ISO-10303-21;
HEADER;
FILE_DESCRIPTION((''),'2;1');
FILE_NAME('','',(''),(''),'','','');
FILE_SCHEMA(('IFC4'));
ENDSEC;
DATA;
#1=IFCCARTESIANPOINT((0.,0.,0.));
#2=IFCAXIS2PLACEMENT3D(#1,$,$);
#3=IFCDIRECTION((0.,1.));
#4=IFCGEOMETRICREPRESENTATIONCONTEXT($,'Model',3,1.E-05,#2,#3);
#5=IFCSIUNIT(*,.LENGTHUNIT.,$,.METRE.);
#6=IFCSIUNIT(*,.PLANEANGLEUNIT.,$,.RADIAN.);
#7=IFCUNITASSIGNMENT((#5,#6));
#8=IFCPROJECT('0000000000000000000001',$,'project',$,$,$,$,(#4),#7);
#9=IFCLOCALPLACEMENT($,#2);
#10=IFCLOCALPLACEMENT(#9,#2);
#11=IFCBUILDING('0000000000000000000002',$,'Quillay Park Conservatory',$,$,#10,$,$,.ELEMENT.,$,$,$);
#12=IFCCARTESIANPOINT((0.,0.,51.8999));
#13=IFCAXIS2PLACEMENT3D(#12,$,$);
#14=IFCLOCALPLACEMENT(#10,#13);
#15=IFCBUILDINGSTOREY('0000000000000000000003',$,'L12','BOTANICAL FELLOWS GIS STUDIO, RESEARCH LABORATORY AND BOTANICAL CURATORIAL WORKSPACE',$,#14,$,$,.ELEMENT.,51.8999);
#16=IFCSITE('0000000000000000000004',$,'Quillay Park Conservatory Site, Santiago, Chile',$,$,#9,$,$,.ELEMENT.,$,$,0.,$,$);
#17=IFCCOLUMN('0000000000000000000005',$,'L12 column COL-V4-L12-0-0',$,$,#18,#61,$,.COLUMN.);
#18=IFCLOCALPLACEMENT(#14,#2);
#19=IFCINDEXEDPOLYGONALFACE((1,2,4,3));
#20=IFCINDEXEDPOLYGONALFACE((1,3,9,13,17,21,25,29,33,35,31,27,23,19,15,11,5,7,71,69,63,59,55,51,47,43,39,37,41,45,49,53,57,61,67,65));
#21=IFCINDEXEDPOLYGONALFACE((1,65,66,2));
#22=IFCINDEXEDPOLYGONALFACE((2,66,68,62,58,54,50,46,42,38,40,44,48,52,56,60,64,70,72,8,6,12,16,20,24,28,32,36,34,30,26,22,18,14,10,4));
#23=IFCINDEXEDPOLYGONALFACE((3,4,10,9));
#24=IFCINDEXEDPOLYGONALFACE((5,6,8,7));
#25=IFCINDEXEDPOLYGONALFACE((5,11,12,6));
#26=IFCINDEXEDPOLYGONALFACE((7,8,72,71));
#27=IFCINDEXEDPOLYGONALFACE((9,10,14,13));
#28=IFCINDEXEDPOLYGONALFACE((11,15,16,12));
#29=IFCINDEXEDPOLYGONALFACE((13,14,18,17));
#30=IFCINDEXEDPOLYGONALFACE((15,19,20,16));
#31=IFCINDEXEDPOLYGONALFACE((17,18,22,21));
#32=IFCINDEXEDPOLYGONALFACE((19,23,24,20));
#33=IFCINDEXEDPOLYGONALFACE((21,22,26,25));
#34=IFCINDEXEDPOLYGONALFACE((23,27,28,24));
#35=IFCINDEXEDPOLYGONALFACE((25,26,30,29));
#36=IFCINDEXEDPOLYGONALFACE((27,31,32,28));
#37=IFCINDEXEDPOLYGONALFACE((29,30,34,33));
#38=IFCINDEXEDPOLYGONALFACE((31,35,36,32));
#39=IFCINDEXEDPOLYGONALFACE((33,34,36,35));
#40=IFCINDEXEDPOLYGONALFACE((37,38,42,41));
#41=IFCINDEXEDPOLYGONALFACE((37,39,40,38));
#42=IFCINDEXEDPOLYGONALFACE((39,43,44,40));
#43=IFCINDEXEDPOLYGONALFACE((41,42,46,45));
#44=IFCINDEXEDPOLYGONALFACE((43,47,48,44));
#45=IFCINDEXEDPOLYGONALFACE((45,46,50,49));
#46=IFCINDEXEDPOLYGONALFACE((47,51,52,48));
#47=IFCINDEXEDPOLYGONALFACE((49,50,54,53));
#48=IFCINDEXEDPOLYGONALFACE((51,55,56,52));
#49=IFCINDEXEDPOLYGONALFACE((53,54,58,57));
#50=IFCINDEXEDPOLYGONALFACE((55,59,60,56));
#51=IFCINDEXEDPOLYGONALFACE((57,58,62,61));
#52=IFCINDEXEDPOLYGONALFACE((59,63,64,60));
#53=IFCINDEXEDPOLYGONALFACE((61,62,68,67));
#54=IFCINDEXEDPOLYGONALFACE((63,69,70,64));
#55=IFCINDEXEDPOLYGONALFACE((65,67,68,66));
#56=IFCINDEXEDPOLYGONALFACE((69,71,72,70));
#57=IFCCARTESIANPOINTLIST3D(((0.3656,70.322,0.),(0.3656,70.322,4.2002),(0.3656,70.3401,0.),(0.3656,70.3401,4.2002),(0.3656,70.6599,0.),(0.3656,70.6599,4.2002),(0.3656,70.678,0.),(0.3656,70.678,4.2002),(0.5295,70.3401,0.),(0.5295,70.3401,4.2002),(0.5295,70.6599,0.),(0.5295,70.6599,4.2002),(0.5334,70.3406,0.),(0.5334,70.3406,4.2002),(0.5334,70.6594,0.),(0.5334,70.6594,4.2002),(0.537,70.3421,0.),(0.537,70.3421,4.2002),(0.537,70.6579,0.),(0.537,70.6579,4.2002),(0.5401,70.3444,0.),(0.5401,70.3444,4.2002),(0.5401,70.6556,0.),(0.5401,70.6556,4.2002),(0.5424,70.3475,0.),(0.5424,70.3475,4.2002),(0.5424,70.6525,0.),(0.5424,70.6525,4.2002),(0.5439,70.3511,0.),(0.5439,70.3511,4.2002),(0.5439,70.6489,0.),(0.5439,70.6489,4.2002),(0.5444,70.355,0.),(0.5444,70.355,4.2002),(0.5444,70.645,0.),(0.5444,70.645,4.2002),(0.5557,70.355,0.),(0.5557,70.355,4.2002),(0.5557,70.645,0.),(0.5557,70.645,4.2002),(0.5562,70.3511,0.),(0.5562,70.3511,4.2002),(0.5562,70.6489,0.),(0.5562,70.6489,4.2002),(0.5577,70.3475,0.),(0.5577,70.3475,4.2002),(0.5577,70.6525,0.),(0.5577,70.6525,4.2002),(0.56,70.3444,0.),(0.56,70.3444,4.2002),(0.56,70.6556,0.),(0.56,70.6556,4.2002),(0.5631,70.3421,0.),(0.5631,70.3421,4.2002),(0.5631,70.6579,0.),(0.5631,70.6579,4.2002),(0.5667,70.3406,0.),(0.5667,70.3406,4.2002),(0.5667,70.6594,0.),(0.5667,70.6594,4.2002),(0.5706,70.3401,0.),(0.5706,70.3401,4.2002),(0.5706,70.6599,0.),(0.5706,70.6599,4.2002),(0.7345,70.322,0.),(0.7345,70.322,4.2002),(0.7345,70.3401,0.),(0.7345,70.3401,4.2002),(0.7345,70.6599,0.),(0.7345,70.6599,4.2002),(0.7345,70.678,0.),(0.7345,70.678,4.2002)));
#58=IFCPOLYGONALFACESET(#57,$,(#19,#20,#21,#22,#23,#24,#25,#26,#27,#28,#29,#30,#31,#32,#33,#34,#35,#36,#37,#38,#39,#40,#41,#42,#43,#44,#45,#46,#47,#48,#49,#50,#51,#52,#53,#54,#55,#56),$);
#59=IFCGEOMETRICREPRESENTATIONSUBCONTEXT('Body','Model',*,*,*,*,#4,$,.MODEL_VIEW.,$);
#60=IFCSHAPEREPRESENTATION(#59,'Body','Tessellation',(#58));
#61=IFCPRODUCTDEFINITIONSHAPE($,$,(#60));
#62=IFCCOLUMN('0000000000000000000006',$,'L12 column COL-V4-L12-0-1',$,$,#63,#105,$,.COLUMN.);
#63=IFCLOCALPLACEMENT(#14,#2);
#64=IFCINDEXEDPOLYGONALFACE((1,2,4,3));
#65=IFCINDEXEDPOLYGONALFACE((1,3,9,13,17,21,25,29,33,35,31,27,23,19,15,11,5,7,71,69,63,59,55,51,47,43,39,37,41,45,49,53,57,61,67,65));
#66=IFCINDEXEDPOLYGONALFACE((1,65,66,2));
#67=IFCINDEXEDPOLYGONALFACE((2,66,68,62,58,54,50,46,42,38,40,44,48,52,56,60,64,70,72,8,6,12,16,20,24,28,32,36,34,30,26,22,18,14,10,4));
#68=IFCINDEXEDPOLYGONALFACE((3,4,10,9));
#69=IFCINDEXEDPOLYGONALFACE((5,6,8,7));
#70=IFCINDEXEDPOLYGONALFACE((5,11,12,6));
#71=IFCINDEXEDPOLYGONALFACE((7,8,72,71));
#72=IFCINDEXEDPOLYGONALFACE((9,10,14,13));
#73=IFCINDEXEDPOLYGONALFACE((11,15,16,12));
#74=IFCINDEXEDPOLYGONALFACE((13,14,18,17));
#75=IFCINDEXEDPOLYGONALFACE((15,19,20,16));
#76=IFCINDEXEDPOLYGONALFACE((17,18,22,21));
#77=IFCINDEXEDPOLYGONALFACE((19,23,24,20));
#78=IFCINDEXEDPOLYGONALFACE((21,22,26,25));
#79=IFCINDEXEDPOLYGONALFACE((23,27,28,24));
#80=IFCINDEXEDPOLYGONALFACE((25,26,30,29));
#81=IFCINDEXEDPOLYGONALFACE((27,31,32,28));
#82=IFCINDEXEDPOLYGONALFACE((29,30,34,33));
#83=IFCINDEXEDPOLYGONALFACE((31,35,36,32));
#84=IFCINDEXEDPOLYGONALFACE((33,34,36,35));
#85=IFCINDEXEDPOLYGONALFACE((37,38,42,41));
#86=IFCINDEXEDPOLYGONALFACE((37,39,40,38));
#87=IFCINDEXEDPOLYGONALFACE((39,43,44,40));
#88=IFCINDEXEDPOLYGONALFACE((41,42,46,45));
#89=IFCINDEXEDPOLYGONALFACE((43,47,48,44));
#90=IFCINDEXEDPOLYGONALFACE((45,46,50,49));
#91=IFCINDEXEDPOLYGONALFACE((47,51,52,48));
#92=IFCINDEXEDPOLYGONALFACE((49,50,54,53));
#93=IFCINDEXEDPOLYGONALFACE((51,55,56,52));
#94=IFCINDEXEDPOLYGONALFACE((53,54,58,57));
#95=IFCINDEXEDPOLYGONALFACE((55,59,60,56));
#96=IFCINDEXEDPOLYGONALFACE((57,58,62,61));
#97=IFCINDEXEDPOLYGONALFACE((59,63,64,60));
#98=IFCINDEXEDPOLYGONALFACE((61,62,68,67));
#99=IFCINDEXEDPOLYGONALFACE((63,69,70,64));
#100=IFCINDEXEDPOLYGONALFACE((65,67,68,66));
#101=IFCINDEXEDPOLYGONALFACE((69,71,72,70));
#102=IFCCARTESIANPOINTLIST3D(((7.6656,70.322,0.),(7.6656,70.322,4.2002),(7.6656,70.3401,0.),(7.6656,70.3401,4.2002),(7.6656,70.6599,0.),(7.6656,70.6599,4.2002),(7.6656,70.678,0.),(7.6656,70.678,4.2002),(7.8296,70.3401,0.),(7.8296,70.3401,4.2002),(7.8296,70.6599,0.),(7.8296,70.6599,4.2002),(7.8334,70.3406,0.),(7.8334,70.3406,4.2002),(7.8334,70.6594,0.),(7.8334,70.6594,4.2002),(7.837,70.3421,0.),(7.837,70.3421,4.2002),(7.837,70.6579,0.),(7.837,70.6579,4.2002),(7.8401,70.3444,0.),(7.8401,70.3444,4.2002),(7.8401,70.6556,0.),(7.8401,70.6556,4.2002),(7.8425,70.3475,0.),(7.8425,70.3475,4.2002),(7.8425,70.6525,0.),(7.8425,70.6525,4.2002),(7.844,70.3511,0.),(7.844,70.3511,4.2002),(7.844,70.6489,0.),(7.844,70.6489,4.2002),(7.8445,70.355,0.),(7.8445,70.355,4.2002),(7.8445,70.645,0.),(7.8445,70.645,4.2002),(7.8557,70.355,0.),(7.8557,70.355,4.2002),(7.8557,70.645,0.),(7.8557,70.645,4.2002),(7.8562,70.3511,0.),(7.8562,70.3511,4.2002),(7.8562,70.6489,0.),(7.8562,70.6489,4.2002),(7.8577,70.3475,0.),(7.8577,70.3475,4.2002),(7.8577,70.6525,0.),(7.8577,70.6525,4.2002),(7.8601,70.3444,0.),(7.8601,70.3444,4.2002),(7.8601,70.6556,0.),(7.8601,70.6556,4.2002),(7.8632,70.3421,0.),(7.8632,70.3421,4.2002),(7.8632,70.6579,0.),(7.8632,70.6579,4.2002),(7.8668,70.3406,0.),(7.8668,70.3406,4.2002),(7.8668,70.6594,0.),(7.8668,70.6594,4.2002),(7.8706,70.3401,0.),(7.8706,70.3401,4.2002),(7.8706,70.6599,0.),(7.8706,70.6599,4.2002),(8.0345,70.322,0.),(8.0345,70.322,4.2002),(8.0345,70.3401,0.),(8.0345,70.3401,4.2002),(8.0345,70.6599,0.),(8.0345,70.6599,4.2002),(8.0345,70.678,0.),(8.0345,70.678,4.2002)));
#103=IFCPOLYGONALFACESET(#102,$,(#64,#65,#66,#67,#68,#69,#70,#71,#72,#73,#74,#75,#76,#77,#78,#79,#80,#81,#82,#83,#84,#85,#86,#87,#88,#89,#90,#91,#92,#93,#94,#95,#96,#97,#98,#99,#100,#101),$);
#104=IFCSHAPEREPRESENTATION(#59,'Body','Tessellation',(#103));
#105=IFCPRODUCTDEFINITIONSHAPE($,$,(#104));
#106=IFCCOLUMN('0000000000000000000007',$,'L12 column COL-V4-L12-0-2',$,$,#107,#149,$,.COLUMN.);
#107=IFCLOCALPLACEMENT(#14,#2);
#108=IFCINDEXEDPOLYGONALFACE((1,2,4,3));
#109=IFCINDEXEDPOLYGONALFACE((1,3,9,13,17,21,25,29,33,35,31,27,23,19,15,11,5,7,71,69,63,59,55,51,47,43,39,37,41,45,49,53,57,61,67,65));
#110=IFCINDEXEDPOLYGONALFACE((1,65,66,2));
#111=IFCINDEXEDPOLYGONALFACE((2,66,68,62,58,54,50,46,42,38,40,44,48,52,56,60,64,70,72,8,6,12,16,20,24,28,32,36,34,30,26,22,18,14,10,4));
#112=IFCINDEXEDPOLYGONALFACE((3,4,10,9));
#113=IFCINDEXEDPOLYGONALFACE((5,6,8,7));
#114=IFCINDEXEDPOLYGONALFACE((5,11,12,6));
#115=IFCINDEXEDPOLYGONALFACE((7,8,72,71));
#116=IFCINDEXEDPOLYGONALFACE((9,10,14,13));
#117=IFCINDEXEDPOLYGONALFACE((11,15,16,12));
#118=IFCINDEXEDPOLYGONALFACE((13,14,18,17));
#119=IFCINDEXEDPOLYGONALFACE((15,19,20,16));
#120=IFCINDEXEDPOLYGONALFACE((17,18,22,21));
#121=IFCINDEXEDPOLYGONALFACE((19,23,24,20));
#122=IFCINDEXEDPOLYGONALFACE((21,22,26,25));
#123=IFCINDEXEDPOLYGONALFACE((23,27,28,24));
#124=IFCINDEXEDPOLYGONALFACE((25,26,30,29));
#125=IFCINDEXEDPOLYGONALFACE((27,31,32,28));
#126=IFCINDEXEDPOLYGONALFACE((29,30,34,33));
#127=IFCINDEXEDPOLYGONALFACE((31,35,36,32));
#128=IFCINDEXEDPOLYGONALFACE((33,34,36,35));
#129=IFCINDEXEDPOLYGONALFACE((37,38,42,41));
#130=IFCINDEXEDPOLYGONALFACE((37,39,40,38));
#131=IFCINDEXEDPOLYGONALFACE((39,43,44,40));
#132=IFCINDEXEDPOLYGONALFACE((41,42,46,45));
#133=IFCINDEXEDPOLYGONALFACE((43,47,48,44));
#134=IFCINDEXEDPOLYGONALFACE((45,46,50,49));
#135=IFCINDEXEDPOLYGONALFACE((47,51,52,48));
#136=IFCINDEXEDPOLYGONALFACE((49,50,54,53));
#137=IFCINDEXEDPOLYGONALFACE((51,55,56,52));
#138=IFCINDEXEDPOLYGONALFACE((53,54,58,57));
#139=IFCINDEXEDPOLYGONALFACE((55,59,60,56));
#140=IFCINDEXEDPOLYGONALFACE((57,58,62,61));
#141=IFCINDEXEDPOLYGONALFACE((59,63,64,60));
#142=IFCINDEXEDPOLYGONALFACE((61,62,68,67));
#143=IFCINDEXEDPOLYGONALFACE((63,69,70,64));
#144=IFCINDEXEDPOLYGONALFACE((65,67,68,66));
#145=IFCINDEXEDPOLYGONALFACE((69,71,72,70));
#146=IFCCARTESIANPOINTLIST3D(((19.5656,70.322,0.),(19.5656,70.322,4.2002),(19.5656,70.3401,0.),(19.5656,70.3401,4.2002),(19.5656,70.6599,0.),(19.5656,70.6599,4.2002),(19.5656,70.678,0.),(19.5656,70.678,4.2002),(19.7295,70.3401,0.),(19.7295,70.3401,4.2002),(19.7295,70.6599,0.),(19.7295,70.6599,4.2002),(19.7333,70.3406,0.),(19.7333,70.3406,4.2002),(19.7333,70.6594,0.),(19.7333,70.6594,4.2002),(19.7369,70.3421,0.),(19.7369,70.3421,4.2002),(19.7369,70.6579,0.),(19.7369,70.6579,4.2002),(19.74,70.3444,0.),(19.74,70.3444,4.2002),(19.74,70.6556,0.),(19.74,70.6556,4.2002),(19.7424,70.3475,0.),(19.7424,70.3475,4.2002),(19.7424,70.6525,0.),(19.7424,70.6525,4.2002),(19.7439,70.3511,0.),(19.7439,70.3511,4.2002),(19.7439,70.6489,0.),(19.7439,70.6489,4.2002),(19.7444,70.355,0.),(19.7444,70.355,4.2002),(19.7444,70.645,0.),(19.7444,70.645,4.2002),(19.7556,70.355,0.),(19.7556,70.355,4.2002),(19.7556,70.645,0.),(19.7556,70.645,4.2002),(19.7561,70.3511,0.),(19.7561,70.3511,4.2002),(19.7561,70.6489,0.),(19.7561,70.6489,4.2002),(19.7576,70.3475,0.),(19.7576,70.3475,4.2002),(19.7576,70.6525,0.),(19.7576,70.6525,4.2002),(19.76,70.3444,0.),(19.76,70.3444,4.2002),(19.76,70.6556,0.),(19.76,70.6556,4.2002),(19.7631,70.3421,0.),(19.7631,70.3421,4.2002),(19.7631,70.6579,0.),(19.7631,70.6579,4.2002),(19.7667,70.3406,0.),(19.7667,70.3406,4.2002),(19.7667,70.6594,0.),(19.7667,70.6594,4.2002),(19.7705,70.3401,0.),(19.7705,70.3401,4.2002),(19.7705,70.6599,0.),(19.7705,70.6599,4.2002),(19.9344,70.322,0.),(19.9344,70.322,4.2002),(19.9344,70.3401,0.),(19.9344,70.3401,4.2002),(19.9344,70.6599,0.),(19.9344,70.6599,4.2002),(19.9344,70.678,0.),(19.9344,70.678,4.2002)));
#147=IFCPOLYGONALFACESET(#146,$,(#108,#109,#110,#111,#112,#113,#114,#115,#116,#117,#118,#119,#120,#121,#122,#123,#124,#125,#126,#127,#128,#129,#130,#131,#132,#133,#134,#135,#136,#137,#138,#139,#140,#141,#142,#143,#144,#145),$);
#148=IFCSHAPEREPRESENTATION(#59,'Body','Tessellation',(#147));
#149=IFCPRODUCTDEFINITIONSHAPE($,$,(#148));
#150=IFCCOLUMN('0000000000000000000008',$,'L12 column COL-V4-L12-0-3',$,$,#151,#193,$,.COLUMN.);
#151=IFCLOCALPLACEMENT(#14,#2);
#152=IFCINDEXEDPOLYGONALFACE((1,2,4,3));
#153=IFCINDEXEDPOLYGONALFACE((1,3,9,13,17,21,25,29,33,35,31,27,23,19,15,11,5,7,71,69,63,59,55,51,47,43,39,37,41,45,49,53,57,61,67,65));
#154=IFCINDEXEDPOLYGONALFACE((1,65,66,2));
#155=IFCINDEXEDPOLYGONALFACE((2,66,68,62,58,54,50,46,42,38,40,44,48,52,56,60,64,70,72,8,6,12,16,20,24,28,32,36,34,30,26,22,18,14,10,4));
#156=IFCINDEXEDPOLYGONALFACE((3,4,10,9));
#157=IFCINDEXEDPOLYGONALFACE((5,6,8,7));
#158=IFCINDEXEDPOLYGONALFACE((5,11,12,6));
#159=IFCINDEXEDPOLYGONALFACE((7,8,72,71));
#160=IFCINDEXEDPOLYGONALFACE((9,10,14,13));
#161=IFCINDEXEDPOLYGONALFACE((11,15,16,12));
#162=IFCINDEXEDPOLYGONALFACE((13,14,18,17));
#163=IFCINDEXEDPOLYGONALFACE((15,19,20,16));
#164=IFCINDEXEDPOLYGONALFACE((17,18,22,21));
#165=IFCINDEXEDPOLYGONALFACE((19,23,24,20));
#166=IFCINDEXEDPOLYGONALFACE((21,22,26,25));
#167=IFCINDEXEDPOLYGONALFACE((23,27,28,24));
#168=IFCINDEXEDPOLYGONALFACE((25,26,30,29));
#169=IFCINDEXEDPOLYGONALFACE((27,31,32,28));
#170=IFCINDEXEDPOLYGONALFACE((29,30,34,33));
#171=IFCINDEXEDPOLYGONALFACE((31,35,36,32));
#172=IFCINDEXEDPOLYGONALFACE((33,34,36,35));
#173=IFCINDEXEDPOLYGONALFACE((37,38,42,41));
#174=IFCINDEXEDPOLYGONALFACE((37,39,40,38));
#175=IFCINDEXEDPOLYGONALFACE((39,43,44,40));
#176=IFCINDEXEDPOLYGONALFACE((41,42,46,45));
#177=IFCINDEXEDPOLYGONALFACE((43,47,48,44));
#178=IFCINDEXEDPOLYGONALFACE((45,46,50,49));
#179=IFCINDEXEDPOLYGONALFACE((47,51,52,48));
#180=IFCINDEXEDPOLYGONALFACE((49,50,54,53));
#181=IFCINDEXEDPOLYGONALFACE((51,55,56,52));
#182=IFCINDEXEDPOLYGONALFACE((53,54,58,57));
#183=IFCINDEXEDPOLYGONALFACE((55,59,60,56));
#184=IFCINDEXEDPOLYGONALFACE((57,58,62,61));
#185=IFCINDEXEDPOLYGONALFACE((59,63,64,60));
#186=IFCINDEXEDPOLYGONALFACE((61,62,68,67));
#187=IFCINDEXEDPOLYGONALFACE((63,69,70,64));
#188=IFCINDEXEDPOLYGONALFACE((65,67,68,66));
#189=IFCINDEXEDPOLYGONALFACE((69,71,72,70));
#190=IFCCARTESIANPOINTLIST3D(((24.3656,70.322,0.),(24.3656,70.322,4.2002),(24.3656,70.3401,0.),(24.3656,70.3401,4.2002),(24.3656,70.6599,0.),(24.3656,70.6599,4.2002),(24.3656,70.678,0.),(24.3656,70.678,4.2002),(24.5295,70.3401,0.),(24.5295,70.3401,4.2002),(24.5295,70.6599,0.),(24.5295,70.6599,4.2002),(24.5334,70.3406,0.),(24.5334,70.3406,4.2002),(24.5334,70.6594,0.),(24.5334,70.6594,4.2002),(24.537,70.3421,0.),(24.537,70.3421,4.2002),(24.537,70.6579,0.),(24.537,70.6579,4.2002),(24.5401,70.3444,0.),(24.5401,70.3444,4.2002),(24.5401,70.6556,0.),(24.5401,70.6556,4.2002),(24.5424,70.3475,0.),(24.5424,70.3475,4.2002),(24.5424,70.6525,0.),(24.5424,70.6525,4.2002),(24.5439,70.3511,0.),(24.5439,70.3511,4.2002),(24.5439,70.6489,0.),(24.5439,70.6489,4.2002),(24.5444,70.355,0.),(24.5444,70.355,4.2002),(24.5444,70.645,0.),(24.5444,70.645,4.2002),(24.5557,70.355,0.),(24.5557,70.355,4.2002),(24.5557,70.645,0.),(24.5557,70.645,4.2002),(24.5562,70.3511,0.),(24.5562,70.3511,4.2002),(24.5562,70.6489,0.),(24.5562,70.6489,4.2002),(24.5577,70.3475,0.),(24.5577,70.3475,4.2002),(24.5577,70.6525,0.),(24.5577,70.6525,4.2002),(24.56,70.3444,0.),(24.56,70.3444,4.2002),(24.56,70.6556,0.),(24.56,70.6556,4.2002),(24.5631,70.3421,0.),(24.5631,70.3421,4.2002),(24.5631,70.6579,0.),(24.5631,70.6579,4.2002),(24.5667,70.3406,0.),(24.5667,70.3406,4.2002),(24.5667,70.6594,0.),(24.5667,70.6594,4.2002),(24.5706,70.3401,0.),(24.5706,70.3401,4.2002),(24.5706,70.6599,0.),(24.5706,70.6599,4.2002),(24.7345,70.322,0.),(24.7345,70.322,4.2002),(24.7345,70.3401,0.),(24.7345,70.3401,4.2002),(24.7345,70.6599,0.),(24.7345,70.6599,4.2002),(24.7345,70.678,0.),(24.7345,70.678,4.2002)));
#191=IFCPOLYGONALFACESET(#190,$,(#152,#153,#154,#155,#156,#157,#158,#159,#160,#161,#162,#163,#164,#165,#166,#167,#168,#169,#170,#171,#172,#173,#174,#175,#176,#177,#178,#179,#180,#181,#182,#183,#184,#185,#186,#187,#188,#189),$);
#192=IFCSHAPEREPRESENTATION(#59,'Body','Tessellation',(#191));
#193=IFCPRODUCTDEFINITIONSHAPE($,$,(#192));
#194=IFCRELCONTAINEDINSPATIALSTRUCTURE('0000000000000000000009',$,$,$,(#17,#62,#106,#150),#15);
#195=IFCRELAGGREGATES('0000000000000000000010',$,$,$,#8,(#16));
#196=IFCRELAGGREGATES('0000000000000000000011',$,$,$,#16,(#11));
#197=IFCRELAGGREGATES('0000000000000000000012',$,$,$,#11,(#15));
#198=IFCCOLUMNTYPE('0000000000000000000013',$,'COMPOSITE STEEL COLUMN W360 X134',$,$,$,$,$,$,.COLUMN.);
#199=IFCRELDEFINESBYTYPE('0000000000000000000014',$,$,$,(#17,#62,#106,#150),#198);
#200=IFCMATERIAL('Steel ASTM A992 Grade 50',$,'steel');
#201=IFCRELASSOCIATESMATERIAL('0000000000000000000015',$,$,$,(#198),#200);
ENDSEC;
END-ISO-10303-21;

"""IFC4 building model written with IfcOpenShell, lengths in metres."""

from ifc_helpers import new_model, si_unit, direction, frame, origin, origin_2d, place, context, subcontext, project, spatial, i_section, extrude, material, material_profile, profile_set, type_object, element, save


model = new_model("IFC4")

# Units and contexts
model_context = context("Model", 3, precision=1e-05, world=origin(), true_north=direction((0.0, 1.0)))
body_context = subcontext(model_context, "Body", "Model", "MODEL_VIEW")
ifc_project = project(units=[si_unit("LENGTHUNIT", "METRE"), si_unit("PLANEANGLEUNIT", "RADIAN")], contexts=[model_context])

# Site, building, storey
site_placement = place(None, origin())
site = spatial("IfcSite", under=ifc_project, at=site_placement, Name="Quillay Park Conservatory Site, Santiago, Chile", CompositionType="ELEMENT", RefElevation=0.0)
building_placement = place(site_placement, origin())
building = spatial("IfcBuilding", under=site, at=building_placement, Name="Quillay Park Conservatory", CompositionType="ELEMENT")
storey_placement = place(building_placement, frame((0.0, 0.0, 51.8999)))
storey = spatial("IfcBuildingStorey", under=building, at=storey_placement, Name="L12", Description="BOTANICAL FELLOWS GIS STUDIO, RESEARCH LABORATORY AND BOTANICAL CURATORIAL WORKSPACE", CompositionType="ELEMENT", Elevation=51.8999)

# Columns
ifc_material_1 = material(Name="Steel ASTM A992 Grade 50", Category="steel")
ifc_material_profile_1 = material_profile(ifc_material_1, i_section(OverallWidth=0.3689, OverallDepth=0.356, WebThickness=0.0112, FlangeThickness=0.0181, FilletRadius=0.0149, at=origin_2d()), Name="W360x134")
ifc_profile_set_1 = profile_set([ifc_material_profile_1], Name="Steel ASTM A992 Grade 50")
column_type = type_object("IfcColumnType", Name="COMPOSITE STEEL COLUMN W360 X134", PredefinedType="COLUMN", material=ifc_profile_set_1)
for number, where, z_axis, x_axis, name in (
    (1, (0.55, 70.5, 0.0), (0.0, 0.0, 1.0), (1.0, 0.0, 0.0), "L12 column COL-V4-L12-0-0"),
    (2, (7.8501, 70.5, 0.0), (0.0, 0.0, 1.0), (1.0, 0.0, 0.0), "L12 column COL-V4-L12-0-1"),
    (3, (19.75, 70.5, 0.0), (0.0, 0.0, 1.0), (1.0, 0.0, 0.0), "L12 column COL-V4-L12-0-2"),
    (4, (24.55, 70.5, 0.0), (0.0, 0.0, 1.0), (1.0, 0.0, 0.0), "L12 column COL-V4-L12-0-3"),
):
    element("IfcColumn", number, at=place(storey_placement, frame(where, z_axis=z_axis, x_axis=x_axis)), inside=storey, type_object=column_type, Name=name, PredefinedType="COLUMN", context=body_context, shape_type="SweptSolid", body=[
        extrude(i_section(OverallWidth=0.3689, OverallDepth=0.356, WebThickness=0.0112, FlangeThickness=0.0181, FilletRadius=0.0149, at=origin_2d()), origin(), (0.0, 0.0, 1.0), 4.2002),
    ])

save(model, "model.ifc")
